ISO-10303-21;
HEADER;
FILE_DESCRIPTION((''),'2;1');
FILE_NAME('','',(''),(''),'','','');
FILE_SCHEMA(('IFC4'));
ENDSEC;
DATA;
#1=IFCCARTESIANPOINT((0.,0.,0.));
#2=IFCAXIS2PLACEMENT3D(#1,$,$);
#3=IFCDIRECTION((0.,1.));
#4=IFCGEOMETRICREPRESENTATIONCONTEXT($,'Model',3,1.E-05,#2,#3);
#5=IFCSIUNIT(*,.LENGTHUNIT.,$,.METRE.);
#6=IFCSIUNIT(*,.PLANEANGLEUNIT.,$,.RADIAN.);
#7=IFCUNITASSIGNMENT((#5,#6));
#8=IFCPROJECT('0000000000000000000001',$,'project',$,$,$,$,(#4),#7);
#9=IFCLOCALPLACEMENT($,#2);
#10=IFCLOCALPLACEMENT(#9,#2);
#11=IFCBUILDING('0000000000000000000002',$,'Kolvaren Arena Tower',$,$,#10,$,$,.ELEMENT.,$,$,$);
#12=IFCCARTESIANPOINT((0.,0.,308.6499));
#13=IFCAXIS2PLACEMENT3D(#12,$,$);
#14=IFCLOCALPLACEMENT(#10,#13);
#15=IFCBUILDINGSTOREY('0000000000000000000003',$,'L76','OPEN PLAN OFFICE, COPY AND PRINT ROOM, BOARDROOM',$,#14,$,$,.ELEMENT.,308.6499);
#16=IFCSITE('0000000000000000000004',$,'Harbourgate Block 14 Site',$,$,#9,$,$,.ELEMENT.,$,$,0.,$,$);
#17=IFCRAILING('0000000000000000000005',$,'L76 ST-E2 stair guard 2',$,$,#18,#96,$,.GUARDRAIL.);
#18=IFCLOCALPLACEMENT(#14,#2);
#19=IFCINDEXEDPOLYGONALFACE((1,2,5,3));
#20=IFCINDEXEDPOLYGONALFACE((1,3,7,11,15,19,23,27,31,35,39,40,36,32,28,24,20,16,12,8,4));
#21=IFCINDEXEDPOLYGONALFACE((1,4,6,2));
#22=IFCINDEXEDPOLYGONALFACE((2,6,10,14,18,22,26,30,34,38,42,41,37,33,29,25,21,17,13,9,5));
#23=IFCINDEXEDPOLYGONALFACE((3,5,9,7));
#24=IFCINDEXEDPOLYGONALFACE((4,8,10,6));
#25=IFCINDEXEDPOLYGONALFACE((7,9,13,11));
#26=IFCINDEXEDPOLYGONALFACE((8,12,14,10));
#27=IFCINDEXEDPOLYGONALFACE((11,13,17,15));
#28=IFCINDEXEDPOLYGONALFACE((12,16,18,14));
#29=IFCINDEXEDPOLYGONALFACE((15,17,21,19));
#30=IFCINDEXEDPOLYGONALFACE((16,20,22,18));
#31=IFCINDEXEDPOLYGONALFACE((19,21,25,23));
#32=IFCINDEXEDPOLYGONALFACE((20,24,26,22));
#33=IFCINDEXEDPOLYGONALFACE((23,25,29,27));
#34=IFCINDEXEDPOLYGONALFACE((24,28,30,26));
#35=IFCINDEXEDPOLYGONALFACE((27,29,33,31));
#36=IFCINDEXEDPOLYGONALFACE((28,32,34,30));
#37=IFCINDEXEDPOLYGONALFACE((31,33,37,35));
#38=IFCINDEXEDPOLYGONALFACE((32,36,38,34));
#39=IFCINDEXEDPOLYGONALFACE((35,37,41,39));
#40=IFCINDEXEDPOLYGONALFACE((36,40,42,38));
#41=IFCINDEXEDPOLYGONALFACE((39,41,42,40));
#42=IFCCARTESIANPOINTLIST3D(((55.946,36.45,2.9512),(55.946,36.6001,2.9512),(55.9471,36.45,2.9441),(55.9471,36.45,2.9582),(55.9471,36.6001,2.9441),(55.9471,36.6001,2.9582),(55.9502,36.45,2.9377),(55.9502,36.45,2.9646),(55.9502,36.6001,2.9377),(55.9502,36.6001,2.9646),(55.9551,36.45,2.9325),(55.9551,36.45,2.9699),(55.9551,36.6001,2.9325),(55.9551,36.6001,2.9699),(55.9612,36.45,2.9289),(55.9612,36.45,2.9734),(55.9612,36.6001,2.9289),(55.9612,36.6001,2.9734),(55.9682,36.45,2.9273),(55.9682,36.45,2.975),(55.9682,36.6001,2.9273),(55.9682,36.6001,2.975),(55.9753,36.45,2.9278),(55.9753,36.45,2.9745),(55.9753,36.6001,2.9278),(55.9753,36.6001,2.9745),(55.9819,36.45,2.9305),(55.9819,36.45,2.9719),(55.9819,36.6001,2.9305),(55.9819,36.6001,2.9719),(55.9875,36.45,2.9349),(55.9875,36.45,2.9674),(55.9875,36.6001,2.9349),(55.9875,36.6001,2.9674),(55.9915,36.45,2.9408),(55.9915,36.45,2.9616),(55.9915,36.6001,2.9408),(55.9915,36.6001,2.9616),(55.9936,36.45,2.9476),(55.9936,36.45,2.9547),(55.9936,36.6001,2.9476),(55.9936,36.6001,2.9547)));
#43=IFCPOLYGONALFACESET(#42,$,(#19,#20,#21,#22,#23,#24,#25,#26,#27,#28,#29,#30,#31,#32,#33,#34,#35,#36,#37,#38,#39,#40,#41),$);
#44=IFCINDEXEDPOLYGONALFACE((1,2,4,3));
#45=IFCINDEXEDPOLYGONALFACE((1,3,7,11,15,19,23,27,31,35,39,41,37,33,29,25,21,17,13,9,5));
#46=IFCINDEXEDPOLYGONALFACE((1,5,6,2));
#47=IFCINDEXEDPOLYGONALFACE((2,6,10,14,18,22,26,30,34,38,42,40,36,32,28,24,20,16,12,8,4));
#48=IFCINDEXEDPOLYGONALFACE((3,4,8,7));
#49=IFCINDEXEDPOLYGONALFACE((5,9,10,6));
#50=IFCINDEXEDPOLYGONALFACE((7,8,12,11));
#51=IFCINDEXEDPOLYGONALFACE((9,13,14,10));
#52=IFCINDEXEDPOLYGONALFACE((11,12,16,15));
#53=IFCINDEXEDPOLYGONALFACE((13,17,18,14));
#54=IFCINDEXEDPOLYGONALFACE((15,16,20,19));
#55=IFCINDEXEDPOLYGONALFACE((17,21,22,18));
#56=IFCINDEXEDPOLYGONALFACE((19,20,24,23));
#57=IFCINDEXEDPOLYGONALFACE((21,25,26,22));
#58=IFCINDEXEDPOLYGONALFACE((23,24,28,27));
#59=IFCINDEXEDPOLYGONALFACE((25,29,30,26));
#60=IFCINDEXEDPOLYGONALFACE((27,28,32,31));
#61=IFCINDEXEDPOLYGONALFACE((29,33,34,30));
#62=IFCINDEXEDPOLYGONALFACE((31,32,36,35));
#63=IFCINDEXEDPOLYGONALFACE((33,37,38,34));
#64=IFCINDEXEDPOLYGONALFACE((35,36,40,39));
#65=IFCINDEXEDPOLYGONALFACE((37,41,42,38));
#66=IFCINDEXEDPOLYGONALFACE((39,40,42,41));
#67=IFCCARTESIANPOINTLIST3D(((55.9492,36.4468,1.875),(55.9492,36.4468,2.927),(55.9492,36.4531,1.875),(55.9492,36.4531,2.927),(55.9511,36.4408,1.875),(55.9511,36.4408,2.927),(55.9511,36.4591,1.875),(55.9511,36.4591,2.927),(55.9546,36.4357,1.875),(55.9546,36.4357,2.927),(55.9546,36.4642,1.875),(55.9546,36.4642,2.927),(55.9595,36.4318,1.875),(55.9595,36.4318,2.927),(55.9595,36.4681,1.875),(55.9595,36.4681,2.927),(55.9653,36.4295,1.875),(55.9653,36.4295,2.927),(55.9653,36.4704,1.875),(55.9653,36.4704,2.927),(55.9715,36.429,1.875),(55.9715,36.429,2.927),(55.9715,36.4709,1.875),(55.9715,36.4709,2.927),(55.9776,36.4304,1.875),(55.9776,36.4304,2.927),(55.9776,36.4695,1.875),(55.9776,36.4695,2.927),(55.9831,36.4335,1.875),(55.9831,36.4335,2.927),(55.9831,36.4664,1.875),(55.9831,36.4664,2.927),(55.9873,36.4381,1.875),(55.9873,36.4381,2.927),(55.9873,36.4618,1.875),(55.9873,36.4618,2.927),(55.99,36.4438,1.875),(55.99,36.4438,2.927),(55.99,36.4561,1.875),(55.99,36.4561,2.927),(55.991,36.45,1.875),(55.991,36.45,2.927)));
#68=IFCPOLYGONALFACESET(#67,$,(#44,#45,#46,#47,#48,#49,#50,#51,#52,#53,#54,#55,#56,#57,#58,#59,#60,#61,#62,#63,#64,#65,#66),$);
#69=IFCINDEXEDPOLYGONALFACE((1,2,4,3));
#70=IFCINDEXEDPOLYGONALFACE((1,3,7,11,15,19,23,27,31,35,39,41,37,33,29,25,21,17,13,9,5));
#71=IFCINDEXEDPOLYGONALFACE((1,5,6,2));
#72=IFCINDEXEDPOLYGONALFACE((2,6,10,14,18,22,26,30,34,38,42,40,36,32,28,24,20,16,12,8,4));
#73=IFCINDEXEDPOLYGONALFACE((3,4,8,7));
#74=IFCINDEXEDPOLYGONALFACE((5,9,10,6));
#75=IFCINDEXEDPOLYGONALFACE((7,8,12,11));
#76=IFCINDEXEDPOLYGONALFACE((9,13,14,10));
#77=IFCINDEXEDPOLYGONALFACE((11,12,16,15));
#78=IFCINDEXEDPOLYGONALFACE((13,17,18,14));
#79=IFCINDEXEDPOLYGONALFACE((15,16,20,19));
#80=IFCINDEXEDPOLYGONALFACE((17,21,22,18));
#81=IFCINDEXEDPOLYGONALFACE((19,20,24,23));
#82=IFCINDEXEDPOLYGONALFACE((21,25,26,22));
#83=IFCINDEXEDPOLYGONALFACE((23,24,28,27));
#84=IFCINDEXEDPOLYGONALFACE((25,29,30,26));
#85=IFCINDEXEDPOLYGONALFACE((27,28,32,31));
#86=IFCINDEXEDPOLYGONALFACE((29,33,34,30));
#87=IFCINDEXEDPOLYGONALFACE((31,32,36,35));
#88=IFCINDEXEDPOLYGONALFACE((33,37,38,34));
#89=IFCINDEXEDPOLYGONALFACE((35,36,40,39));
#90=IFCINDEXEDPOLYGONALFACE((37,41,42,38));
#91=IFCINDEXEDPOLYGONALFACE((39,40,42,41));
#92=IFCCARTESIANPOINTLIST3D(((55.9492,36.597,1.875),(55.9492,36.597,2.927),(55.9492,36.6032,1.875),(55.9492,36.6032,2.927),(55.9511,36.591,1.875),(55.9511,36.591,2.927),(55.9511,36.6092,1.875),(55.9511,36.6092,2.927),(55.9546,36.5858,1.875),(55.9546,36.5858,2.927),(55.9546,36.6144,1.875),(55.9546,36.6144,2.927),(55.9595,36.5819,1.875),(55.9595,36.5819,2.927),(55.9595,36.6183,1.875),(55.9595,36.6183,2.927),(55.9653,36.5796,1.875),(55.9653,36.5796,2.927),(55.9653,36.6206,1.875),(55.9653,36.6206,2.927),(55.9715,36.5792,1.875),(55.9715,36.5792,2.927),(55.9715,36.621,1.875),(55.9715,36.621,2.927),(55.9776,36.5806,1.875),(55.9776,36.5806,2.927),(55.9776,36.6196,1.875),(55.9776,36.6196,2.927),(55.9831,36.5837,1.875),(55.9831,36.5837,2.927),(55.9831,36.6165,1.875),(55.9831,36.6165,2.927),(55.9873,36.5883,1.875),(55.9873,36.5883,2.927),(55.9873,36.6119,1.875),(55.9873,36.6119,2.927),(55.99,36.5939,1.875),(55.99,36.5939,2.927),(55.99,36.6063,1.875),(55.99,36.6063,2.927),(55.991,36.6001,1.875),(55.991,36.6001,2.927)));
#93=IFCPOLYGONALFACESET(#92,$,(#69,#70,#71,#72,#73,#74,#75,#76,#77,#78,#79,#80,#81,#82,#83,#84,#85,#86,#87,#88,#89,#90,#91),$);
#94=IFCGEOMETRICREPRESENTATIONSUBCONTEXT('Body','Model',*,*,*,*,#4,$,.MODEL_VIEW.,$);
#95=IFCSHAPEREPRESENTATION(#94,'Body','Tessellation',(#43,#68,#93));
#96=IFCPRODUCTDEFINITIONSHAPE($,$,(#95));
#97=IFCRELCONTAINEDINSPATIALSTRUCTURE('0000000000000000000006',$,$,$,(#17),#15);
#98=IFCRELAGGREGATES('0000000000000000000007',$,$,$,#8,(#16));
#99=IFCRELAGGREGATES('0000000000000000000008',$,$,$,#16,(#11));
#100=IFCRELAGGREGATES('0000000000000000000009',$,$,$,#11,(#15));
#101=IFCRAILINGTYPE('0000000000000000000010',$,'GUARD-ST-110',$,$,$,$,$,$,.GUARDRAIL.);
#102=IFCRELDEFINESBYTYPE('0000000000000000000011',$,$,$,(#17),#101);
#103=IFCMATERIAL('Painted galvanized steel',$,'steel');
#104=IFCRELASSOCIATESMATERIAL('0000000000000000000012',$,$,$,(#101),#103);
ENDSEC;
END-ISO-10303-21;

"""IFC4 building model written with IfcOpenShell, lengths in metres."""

from ifc_helpers import new_model, si_unit, direction, frame, origin, origin_2d, place, context, subcontext, project, spatial, circle, extrude, material, type_object, element, save


model = new_model("IFC4")

# Units and contexts
model_context = context("Model", 3, precision=1e-05, world=origin(), true_north=direction((0.0, 1.0)))
body_context = subcontext(model_context, "Body", "Model", "MODEL_VIEW")
ifc_project = project(units=[si_unit("LENGTHUNIT", "METRE"), si_unit("PLANEANGLEUNIT", "RADIAN")], contexts=[model_context])

# Site, building, storey
site_placement = place(None, origin())
site = spatial("IfcSite", under=ifc_project, at=site_placement, Name="Harbourgate Block 14 Site", CompositionType="ELEMENT", RefElevation=0.0)
building_placement = place(site_placement, origin())
building = spatial("IfcBuilding", under=site, at=building_placement, Name="Kolvaren Arena Tower", CompositionType="ELEMENT")
storey_placement = place(building_placement, frame((0.0, 0.0, 308.6499)))
storey = spatial("IfcBuildingStorey", under=building, at=storey_placement, Name="L76", Description="OPEN PLAN OFFICE, COPY AND PRINT ROOM, BOARDROOM", CompositionType="ELEMENT", Elevation=308.6499)

# Railing
ifc_material_1 = material(Name="Painted galvanized steel", Category="steel")
railing_type_1 = type_object("IfcRailingType", Name="GUARD-ST-110", PredefinedType="GUARDRAIL", material=ifc_material_1)
railing_1_placement = place(storey_placement, frame((55.97, 36.45, 1.875)))
element("IfcRailing", 1, at=railing_1_placement, inside=storey, type_object=railing_type_1, Name="L76 ST-E2 stair guard 2", PredefinedType="GUARDRAIL", context=body_context, shape_type="SweptSolid", body=[
    extrude(circle(Radius=0.0239, at=origin_2d()), frame((0.0, 0.0, 1.0762), z_axis=(0.0, 1.0, 0.0), x_axis=(-1.0, 0.0, 0.0)), (0.0, 0.0, 1.0), 0.1501),
    extrude(circle(Radius=0.021, at=origin_2d()), origin(), (0.0, 0.0, 1.0), 1.052),
    extrude(circle(Radius=0.021, at=origin_2d()), frame((0.0, 0.1501, 0.0)), (0.0, 0.0, 1.0), 1.052),
])

save(model, "model.ifc")
